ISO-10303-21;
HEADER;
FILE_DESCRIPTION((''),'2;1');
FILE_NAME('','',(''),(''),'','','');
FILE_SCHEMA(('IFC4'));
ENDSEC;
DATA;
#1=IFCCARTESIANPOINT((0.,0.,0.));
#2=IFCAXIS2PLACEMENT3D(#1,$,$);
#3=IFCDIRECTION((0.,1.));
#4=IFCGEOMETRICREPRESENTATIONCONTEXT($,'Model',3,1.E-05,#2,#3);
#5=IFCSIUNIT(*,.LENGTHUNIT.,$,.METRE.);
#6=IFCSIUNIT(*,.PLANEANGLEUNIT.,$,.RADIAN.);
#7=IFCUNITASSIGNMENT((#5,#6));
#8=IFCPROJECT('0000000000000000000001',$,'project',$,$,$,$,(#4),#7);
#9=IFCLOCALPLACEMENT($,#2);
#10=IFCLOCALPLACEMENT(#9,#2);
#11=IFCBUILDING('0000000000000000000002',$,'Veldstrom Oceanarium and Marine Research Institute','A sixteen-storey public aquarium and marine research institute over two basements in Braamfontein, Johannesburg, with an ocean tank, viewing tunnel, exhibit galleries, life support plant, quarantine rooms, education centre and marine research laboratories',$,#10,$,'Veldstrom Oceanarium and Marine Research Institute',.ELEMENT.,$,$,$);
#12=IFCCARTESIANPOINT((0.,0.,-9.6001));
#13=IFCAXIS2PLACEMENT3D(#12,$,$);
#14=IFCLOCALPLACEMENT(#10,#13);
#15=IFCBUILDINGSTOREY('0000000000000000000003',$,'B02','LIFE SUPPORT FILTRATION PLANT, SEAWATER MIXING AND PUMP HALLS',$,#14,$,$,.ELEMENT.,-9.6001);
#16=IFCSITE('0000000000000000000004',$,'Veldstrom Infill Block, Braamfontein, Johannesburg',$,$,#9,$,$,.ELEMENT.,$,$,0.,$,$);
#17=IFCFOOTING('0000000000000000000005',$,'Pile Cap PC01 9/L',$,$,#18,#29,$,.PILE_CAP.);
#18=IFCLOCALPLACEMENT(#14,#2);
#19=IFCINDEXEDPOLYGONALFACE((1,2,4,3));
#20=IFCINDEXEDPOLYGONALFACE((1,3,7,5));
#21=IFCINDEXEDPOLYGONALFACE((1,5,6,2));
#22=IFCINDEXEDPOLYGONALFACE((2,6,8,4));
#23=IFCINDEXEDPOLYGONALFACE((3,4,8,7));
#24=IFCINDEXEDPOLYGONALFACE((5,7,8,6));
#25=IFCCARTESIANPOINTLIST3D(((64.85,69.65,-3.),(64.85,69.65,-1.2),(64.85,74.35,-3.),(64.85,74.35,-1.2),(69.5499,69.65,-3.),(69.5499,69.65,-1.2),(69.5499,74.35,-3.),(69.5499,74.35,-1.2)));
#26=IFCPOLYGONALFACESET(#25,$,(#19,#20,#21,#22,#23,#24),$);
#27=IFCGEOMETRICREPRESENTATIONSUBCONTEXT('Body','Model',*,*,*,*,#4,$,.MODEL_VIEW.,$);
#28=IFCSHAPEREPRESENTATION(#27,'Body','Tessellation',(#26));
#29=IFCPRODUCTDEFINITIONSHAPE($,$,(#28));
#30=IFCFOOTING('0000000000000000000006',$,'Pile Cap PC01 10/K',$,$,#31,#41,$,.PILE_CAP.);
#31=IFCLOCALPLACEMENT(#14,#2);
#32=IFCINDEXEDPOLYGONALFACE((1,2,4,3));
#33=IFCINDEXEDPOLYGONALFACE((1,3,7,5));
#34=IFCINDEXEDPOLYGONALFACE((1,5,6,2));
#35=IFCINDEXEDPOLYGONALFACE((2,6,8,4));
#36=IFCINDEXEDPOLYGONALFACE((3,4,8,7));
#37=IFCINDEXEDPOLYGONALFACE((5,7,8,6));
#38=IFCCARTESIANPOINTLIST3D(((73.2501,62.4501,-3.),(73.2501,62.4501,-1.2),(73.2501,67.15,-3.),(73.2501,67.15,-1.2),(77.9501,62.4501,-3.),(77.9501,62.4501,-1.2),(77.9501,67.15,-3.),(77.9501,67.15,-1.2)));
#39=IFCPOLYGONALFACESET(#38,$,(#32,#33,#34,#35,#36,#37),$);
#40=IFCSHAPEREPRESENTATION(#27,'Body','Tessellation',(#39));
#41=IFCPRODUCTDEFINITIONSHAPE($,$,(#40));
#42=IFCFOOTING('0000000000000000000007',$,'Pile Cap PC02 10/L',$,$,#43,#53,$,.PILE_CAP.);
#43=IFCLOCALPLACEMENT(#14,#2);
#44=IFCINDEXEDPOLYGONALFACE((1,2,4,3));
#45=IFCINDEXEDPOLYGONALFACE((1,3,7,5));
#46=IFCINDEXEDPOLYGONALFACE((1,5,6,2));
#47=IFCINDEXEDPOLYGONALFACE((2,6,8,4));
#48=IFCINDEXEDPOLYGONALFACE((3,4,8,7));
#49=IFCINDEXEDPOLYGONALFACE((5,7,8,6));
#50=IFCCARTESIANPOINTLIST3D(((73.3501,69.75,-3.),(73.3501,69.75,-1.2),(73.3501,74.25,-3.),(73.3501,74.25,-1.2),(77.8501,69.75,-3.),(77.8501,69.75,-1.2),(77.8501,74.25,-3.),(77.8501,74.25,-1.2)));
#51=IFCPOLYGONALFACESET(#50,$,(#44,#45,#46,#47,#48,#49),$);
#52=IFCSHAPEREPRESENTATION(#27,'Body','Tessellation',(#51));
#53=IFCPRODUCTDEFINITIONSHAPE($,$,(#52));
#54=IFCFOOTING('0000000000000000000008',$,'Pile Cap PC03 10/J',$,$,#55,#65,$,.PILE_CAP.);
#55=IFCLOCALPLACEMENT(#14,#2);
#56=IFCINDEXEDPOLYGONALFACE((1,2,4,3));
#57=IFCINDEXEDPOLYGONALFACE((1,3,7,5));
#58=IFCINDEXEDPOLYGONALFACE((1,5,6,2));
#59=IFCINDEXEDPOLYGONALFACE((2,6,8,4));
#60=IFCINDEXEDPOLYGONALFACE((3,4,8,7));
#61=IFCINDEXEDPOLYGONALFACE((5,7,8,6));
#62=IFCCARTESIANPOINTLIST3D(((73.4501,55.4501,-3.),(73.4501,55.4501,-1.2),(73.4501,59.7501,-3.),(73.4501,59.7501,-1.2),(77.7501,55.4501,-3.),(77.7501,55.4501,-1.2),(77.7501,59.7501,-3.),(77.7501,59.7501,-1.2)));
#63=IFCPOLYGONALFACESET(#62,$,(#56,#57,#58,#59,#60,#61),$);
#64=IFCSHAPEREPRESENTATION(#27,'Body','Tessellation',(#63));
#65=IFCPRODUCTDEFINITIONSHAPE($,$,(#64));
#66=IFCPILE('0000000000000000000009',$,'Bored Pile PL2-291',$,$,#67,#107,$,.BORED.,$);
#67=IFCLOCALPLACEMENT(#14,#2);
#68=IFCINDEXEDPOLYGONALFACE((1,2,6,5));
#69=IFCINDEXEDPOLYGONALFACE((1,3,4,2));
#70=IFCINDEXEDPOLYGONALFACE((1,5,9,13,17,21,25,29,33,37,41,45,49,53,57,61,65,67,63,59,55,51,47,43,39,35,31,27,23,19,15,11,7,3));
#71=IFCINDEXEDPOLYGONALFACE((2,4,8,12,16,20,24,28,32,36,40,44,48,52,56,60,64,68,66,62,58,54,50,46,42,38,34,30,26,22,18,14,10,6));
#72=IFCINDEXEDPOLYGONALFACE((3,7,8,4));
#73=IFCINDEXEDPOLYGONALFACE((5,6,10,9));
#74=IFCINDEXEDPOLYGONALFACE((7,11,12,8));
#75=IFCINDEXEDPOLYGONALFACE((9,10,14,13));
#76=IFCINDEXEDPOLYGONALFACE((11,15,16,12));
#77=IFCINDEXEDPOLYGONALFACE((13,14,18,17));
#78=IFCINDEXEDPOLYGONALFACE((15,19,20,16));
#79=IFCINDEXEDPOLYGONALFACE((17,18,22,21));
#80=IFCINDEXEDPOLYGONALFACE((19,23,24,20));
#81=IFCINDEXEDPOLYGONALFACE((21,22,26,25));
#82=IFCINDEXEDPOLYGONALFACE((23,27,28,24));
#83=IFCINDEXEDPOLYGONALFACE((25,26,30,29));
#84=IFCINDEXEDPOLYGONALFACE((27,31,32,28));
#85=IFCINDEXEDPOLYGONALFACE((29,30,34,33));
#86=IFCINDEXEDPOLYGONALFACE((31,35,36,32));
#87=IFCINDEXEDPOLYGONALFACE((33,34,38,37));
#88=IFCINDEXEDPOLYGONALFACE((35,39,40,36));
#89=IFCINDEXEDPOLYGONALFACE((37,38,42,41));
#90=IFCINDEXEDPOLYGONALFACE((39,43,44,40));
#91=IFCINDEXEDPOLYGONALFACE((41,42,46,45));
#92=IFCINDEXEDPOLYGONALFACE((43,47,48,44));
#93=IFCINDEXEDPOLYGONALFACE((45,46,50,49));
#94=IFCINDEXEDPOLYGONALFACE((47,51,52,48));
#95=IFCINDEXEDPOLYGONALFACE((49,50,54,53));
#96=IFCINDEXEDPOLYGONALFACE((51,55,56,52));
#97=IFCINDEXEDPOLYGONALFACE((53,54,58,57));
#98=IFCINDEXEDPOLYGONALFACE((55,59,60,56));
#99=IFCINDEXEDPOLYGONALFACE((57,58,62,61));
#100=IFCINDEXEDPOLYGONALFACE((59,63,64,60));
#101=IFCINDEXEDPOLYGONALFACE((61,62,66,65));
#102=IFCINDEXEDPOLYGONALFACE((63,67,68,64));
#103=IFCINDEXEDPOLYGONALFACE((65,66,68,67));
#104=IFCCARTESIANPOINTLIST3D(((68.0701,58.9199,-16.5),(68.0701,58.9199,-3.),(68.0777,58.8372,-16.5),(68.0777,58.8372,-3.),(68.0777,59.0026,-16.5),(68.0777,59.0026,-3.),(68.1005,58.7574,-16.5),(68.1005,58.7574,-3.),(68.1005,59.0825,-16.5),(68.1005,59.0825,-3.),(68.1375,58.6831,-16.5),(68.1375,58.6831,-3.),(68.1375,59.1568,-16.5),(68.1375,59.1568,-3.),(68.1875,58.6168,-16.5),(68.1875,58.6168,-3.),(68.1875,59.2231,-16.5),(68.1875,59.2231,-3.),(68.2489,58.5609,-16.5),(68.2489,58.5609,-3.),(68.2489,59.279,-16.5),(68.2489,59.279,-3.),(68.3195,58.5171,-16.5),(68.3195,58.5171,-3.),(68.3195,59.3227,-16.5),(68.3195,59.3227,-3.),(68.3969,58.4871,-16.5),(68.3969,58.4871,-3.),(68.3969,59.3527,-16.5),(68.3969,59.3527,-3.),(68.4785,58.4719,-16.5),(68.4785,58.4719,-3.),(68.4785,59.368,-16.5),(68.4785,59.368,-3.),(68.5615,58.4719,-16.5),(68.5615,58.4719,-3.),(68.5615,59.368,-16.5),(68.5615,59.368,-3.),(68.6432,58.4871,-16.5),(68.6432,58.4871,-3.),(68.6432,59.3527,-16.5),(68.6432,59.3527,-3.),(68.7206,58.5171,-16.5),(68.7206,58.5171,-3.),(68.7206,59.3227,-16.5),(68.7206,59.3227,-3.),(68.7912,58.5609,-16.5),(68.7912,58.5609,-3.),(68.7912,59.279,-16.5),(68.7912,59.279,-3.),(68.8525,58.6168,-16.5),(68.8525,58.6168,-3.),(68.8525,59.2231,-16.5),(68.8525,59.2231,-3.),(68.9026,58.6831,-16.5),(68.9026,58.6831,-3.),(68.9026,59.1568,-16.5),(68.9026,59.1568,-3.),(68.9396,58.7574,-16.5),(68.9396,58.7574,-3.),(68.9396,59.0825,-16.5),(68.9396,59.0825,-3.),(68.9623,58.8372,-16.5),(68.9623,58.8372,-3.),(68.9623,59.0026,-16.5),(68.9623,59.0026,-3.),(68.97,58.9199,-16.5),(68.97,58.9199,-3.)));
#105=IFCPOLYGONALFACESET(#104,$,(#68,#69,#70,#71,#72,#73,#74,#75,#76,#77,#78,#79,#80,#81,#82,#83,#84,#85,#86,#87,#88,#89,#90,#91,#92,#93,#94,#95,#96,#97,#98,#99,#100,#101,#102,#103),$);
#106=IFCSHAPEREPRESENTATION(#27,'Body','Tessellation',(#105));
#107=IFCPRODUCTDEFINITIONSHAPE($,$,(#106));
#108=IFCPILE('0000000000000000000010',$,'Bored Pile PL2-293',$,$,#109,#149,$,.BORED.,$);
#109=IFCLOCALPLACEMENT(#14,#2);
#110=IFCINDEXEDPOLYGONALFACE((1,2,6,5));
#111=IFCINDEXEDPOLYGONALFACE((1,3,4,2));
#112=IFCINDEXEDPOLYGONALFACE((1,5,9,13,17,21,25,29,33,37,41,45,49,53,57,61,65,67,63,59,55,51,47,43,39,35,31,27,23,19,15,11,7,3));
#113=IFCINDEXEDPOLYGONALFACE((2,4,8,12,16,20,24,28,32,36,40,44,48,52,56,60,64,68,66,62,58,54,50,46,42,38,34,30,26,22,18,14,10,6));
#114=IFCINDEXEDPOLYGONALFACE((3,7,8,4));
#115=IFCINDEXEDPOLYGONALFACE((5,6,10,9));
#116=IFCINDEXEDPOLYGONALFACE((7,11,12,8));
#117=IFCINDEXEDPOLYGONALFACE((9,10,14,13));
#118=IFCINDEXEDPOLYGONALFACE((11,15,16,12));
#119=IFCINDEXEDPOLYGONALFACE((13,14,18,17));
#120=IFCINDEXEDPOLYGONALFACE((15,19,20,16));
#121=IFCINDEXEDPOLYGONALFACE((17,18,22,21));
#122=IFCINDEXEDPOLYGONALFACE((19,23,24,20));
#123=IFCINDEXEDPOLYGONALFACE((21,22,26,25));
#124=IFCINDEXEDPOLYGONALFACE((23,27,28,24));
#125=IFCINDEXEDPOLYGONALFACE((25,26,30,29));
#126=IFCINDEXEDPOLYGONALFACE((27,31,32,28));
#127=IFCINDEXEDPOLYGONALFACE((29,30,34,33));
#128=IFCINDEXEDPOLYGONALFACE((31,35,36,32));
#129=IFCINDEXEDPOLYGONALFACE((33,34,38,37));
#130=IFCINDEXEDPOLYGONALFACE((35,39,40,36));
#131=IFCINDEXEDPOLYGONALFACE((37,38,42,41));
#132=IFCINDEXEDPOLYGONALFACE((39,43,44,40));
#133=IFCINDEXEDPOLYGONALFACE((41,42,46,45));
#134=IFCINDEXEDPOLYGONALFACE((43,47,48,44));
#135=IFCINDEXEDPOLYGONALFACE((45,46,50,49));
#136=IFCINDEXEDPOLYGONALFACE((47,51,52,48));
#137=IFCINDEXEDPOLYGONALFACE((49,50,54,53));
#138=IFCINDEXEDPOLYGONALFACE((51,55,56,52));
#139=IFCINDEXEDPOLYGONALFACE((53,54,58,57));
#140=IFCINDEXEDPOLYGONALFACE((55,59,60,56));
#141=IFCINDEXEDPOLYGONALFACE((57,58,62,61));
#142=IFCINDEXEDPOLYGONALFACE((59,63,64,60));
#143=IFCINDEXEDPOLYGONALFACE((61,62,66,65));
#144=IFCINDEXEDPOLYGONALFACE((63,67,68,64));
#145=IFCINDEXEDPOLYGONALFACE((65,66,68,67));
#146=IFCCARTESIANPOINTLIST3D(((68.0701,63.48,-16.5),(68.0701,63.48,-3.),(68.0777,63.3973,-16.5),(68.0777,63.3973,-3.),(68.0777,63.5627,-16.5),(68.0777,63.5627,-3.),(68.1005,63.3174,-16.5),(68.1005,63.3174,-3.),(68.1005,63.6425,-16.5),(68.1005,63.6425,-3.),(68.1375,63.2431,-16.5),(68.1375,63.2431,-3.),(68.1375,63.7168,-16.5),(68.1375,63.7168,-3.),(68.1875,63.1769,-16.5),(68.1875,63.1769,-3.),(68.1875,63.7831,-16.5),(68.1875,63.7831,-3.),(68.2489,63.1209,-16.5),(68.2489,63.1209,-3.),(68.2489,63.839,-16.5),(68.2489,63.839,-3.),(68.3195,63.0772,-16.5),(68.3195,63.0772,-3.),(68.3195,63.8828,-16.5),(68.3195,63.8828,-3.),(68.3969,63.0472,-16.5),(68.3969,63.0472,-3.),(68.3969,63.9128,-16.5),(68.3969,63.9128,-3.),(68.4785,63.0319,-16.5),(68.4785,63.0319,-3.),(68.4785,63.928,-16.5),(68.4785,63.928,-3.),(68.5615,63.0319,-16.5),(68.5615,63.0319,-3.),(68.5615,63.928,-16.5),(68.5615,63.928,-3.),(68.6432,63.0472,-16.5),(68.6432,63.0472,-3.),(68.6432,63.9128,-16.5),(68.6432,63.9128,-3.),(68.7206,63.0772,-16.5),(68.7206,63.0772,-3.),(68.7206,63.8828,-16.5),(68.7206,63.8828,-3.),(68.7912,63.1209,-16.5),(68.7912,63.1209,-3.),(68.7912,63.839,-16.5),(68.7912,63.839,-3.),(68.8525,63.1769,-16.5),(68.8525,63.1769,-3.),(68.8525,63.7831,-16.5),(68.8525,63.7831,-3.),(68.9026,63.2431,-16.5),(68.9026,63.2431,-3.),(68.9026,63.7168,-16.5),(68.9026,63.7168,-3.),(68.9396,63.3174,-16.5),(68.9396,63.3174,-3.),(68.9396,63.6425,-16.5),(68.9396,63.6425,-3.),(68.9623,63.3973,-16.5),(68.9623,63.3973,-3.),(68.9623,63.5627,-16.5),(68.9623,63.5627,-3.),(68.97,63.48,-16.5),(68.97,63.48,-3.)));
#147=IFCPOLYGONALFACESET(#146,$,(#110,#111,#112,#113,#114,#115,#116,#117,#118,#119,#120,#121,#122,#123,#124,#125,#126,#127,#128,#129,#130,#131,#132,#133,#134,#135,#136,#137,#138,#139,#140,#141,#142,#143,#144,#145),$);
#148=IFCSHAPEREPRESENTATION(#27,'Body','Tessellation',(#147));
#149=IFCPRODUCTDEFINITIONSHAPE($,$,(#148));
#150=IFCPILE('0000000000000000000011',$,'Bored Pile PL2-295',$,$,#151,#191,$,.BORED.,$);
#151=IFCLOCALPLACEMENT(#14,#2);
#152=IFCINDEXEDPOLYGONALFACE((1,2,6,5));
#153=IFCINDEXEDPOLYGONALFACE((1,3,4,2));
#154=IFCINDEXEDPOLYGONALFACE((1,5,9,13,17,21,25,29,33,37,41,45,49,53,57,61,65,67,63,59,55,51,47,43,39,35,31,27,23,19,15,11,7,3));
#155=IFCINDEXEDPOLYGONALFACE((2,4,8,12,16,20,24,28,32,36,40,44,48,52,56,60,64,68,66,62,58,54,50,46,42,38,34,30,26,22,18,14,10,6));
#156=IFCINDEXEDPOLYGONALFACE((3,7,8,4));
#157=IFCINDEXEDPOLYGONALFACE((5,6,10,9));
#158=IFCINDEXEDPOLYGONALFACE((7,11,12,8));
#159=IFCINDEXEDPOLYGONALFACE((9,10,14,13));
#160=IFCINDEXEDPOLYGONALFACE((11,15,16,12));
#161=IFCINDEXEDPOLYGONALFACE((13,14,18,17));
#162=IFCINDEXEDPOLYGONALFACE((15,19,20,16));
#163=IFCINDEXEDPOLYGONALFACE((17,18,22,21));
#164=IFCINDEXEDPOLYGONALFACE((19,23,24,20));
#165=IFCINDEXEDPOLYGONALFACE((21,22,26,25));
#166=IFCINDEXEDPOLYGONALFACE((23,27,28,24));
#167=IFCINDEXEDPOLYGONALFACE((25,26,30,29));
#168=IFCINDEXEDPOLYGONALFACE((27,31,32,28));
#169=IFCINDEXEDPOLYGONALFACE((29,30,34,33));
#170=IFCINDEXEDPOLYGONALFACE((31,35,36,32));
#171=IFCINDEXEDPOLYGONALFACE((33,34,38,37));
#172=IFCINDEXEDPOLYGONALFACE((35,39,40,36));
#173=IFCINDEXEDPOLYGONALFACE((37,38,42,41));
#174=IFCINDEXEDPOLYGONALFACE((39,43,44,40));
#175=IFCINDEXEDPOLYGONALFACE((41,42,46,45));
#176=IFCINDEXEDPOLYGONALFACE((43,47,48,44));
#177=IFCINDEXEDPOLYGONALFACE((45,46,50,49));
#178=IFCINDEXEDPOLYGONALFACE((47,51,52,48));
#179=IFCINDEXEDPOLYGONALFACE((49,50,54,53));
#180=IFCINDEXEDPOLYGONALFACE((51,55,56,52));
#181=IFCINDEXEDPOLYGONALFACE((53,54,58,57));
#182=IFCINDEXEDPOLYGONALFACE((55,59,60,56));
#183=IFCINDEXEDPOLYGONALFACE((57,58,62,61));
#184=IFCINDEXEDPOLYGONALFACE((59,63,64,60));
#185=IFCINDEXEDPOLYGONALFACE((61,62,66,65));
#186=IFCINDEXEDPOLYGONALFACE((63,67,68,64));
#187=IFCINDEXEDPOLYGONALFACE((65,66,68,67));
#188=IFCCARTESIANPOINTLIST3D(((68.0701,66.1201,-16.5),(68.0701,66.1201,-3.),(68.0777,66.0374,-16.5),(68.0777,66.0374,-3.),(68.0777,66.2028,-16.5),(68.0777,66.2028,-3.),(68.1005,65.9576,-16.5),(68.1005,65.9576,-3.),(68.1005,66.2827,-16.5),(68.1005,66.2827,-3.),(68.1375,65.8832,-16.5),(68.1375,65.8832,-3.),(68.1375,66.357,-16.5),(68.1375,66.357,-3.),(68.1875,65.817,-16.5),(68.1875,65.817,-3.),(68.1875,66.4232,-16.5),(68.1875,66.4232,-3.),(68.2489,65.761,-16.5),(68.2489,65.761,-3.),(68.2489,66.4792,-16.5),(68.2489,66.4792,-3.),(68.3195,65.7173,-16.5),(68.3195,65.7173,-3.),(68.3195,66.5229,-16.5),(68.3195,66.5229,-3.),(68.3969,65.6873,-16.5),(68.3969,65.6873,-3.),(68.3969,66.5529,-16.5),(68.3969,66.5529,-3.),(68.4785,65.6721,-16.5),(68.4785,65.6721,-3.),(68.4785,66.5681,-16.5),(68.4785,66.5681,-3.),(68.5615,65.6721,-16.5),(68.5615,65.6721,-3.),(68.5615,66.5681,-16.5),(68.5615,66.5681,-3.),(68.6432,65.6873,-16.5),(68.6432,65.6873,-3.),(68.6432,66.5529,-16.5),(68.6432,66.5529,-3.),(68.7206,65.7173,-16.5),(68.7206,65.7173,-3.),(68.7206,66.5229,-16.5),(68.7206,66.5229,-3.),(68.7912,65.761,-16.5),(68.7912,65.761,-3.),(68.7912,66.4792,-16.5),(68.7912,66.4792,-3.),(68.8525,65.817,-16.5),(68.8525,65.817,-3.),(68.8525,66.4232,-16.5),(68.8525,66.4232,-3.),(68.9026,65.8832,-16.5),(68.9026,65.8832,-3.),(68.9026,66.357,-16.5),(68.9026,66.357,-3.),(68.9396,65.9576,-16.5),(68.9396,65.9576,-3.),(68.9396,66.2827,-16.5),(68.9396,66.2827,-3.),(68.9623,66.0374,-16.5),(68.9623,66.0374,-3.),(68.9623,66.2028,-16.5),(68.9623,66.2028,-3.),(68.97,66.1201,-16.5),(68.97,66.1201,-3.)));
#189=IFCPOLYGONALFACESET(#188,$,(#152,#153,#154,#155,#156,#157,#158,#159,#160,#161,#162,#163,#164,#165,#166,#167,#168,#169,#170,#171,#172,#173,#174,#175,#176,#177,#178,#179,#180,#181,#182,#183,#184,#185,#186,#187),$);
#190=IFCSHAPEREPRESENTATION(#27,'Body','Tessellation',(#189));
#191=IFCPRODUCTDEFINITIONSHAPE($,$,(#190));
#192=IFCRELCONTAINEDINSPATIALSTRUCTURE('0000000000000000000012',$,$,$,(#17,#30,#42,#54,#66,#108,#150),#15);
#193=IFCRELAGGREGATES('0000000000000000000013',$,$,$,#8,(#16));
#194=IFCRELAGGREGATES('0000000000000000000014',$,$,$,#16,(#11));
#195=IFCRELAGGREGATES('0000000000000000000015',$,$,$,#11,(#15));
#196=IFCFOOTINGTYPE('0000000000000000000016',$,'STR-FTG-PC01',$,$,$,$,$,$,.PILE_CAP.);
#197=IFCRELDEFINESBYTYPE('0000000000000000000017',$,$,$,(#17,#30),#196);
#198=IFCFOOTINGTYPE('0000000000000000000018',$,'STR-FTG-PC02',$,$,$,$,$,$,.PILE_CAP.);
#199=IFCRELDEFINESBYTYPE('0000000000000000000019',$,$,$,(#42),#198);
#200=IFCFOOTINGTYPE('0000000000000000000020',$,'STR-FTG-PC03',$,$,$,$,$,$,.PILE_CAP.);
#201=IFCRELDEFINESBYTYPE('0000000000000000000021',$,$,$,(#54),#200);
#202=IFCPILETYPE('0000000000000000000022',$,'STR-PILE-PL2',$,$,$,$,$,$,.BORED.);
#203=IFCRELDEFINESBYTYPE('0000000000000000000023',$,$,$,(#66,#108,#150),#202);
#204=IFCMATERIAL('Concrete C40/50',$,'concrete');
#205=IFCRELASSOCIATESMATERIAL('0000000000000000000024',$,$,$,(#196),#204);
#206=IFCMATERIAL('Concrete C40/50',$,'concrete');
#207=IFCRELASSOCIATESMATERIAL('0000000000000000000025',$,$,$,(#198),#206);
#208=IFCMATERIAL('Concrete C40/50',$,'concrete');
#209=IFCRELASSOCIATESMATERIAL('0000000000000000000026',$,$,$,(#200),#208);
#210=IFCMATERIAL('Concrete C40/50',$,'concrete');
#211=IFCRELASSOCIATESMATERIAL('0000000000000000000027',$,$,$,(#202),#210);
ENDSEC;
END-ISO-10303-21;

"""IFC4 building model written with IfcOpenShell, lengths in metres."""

from ifc_helpers import new_model, si_unit, direction, frame, origin, origin_2d, place, context, subcontext, project, spatial, rectangle, circle, extrude, material, material_profile, profile_set, type_object, element, save


model = new_model("IFC4")

# Units and contexts
model_context = context("Model", 3, precision=1e-05, world=origin(), true_north=direction((0.0, 1.0)))
body_context = subcontext(model_context, "Body", "Model", "MODEL_VIEW")
ifc_project = project(units=[si_unit("LENGTHUNIT", "METRE"), si_unit("PLANEANGLEUNIT", "RADIAN")], contexts=[model_context])

# Site, building, storey
site_placement = place(None, origin())
site = spatial("IfcSite", under=ifc_project, at=site_placement, Name="Veldstrom Infill Block, Braamfontein, Johannesburg", CompositionType="ELEMENT", RefElevation=0.0)
building_placement = place(site_placement, origin())
building = spatial("IfcBuilding", under=site, at=building_placement, Name="Veldstrom Oceanarium and Marine Research Institute", Description="A sixteen-storey public aquarium and marine research institute over two basements in Braamfontein, Johannesburg, with an ocean tank, viewing tunnel, exhibit galleries, life support plant, quarantine rooms, education centre and marine research laboratories", LongName="Veldstrom Oceanarium and Marine Research Institute", CompositionType="ELEMENT")
storey_placement = place(building_placement, frame((0.0, 0.0, -9.6001)))
storey = spatial("IfcBuildingStorey", under=building, at=storey_placement, Name="B02", Description="LIFE SUPPORT FILTRATION PLANT, SEAWATER MIXING AND PUMP HALLS", CompositionType="ELEMENT", Elevation=-9.6001)

# Footings
ifc_material_1 = material(Name="Concrete C40/50", Category="concrete")
footing_type_1 = type_object("IfcFootingType", Name="STR-FTG-PC01", PredefinedType="PILE_CAP", material=ifc_material_1)
for number, where, z_axis, x_axis, name in (
    (1, (67.2, 72.0, -3.0), (0.0, 0.0, 1.0), (1.0, 0.0, 0.0), "Pile Cap PC01 9/L"),
    (2, (75.6001, 64.8, -3.0), (0.0, 0.0, 1.0), (1.0, 0.0, 0.0), "Pile Cap PC01 10/K"),
):
    element("IfcFooting", number, at=place(storey_placement, frame(where, z_axis=z_axis, x_axis=x_axis)), inside=storey, type_object=footing_type_1, Name=name, PredefinedType="PILE_CAP", context=body_context, shape_type="SweptSolid", body=[
        extrude(rectangle(XDim=4.7, YDim=4.7, at=origin_2d()), origin(), (0.0, 0.0, 1.0), 1.8),
    ])
ifc_material_2 = material(Name="Concrete C40/50", Category="concrete")
footing_type_2 = type_object("IfcFootingType", Name="STR-FTG-PC02", PredefinedType="PILE_CAP", material=ifc_material_2)
footing_1_placement = place(storey_placement, frame((75.6001, 72.0, -3.0), z_axis=(0.0, 0.0, 1.0), x_axis=(1.0, 0.0, 0.0)))
element("IfcFooting", 3, at=footing_1_placement, inside=storey, type_object=footing_type_2, Name="Pile Cap PC02 10/L", PredefinedType="PILE_CAP", context=body_context, shape_type="SweptSolid", body=[
    extrude(rectangle(XDim=4.5, YDim=4.5, at=origin_2d()), origin(), (0.0, 0.0, 1.0), 1.8),
])
ifc_material_3 = material(Name="Concrete C40/50", Category="concrete")
footing_type_3 = type_object("IfcFootingType", Name="STR-FTG-PC03", PredefinedType="PILE_CAP", material=ifc_material_3)
footing_2_placement = place(storey_placement, frame((75.6001, 57.6001, -3.0), z_axis=(0.0, 0.0, 1.0), x_axis=(1.0, 0.0, 0.0)))
element("IfcFooting", 4, at=footing_2_placement, inside=storey, type_object=footing_type_3, Name="Pile Cap PC03 10/J", PredefinedType="PILE_CAP", context=body_context, shape_type="SweptSolid", body=[
    extrude(rectangle(XDim=4.3, YDim=4.3, at=origin_2d()), origin(), (0.0, 0.0, 1.0), 1.8),
])

# Piles
ifc_material_4 = material(Name="Concrete C40/50", Category="concrete")
ifc_material_profile_1 = material_profile(ifc_material_4, circle(Radius=0.45, at=origin_2d()), Name="PILE-D900")
ifc_profile_set_1 = profile_set([ifc_material_profile_1], Name="Concrete C40/50")
pile_type_1 = type_object("IfcPileType", Name="STR-PILE-PL2", PredefinedType="BORED", material=ifc_profile_set_1)
for number, where, z_axis, x_axis, name in (
    (5, (68.52, 58.9199, -3.0), (0.0, 0.0, -1.0), (1.0, 0.0, 0.0), "Bored Pile PL2-291"),
    (6, (68.52, 63.48, -3.0), (0.0, 0.0, -1.0), (1.0, 0.0, 0.0), "Bored Pile PL2-293"),
    (7, (68.52, 66.1201, -3.0), (0.0, 0.0, -1.0), (1.0, 0.0, 0.0), "Bored Pile PL2-295"),
):
    element("IfcPile", number, at=place(storey_placement, frame(where, z_axis=z_axis, x_axis=x_axis)), inside=storey, type_object=pile_type_1, Name=name, PredefinedType="BORED", context=body_context, shape_type="SweptSolid", body=[
        extrude(circle(Radius=0.45, at=origin_2d()), origin(), (0.0, 0.0, 1.0), 13.5),
    ])

save(model, "model.ifc")
